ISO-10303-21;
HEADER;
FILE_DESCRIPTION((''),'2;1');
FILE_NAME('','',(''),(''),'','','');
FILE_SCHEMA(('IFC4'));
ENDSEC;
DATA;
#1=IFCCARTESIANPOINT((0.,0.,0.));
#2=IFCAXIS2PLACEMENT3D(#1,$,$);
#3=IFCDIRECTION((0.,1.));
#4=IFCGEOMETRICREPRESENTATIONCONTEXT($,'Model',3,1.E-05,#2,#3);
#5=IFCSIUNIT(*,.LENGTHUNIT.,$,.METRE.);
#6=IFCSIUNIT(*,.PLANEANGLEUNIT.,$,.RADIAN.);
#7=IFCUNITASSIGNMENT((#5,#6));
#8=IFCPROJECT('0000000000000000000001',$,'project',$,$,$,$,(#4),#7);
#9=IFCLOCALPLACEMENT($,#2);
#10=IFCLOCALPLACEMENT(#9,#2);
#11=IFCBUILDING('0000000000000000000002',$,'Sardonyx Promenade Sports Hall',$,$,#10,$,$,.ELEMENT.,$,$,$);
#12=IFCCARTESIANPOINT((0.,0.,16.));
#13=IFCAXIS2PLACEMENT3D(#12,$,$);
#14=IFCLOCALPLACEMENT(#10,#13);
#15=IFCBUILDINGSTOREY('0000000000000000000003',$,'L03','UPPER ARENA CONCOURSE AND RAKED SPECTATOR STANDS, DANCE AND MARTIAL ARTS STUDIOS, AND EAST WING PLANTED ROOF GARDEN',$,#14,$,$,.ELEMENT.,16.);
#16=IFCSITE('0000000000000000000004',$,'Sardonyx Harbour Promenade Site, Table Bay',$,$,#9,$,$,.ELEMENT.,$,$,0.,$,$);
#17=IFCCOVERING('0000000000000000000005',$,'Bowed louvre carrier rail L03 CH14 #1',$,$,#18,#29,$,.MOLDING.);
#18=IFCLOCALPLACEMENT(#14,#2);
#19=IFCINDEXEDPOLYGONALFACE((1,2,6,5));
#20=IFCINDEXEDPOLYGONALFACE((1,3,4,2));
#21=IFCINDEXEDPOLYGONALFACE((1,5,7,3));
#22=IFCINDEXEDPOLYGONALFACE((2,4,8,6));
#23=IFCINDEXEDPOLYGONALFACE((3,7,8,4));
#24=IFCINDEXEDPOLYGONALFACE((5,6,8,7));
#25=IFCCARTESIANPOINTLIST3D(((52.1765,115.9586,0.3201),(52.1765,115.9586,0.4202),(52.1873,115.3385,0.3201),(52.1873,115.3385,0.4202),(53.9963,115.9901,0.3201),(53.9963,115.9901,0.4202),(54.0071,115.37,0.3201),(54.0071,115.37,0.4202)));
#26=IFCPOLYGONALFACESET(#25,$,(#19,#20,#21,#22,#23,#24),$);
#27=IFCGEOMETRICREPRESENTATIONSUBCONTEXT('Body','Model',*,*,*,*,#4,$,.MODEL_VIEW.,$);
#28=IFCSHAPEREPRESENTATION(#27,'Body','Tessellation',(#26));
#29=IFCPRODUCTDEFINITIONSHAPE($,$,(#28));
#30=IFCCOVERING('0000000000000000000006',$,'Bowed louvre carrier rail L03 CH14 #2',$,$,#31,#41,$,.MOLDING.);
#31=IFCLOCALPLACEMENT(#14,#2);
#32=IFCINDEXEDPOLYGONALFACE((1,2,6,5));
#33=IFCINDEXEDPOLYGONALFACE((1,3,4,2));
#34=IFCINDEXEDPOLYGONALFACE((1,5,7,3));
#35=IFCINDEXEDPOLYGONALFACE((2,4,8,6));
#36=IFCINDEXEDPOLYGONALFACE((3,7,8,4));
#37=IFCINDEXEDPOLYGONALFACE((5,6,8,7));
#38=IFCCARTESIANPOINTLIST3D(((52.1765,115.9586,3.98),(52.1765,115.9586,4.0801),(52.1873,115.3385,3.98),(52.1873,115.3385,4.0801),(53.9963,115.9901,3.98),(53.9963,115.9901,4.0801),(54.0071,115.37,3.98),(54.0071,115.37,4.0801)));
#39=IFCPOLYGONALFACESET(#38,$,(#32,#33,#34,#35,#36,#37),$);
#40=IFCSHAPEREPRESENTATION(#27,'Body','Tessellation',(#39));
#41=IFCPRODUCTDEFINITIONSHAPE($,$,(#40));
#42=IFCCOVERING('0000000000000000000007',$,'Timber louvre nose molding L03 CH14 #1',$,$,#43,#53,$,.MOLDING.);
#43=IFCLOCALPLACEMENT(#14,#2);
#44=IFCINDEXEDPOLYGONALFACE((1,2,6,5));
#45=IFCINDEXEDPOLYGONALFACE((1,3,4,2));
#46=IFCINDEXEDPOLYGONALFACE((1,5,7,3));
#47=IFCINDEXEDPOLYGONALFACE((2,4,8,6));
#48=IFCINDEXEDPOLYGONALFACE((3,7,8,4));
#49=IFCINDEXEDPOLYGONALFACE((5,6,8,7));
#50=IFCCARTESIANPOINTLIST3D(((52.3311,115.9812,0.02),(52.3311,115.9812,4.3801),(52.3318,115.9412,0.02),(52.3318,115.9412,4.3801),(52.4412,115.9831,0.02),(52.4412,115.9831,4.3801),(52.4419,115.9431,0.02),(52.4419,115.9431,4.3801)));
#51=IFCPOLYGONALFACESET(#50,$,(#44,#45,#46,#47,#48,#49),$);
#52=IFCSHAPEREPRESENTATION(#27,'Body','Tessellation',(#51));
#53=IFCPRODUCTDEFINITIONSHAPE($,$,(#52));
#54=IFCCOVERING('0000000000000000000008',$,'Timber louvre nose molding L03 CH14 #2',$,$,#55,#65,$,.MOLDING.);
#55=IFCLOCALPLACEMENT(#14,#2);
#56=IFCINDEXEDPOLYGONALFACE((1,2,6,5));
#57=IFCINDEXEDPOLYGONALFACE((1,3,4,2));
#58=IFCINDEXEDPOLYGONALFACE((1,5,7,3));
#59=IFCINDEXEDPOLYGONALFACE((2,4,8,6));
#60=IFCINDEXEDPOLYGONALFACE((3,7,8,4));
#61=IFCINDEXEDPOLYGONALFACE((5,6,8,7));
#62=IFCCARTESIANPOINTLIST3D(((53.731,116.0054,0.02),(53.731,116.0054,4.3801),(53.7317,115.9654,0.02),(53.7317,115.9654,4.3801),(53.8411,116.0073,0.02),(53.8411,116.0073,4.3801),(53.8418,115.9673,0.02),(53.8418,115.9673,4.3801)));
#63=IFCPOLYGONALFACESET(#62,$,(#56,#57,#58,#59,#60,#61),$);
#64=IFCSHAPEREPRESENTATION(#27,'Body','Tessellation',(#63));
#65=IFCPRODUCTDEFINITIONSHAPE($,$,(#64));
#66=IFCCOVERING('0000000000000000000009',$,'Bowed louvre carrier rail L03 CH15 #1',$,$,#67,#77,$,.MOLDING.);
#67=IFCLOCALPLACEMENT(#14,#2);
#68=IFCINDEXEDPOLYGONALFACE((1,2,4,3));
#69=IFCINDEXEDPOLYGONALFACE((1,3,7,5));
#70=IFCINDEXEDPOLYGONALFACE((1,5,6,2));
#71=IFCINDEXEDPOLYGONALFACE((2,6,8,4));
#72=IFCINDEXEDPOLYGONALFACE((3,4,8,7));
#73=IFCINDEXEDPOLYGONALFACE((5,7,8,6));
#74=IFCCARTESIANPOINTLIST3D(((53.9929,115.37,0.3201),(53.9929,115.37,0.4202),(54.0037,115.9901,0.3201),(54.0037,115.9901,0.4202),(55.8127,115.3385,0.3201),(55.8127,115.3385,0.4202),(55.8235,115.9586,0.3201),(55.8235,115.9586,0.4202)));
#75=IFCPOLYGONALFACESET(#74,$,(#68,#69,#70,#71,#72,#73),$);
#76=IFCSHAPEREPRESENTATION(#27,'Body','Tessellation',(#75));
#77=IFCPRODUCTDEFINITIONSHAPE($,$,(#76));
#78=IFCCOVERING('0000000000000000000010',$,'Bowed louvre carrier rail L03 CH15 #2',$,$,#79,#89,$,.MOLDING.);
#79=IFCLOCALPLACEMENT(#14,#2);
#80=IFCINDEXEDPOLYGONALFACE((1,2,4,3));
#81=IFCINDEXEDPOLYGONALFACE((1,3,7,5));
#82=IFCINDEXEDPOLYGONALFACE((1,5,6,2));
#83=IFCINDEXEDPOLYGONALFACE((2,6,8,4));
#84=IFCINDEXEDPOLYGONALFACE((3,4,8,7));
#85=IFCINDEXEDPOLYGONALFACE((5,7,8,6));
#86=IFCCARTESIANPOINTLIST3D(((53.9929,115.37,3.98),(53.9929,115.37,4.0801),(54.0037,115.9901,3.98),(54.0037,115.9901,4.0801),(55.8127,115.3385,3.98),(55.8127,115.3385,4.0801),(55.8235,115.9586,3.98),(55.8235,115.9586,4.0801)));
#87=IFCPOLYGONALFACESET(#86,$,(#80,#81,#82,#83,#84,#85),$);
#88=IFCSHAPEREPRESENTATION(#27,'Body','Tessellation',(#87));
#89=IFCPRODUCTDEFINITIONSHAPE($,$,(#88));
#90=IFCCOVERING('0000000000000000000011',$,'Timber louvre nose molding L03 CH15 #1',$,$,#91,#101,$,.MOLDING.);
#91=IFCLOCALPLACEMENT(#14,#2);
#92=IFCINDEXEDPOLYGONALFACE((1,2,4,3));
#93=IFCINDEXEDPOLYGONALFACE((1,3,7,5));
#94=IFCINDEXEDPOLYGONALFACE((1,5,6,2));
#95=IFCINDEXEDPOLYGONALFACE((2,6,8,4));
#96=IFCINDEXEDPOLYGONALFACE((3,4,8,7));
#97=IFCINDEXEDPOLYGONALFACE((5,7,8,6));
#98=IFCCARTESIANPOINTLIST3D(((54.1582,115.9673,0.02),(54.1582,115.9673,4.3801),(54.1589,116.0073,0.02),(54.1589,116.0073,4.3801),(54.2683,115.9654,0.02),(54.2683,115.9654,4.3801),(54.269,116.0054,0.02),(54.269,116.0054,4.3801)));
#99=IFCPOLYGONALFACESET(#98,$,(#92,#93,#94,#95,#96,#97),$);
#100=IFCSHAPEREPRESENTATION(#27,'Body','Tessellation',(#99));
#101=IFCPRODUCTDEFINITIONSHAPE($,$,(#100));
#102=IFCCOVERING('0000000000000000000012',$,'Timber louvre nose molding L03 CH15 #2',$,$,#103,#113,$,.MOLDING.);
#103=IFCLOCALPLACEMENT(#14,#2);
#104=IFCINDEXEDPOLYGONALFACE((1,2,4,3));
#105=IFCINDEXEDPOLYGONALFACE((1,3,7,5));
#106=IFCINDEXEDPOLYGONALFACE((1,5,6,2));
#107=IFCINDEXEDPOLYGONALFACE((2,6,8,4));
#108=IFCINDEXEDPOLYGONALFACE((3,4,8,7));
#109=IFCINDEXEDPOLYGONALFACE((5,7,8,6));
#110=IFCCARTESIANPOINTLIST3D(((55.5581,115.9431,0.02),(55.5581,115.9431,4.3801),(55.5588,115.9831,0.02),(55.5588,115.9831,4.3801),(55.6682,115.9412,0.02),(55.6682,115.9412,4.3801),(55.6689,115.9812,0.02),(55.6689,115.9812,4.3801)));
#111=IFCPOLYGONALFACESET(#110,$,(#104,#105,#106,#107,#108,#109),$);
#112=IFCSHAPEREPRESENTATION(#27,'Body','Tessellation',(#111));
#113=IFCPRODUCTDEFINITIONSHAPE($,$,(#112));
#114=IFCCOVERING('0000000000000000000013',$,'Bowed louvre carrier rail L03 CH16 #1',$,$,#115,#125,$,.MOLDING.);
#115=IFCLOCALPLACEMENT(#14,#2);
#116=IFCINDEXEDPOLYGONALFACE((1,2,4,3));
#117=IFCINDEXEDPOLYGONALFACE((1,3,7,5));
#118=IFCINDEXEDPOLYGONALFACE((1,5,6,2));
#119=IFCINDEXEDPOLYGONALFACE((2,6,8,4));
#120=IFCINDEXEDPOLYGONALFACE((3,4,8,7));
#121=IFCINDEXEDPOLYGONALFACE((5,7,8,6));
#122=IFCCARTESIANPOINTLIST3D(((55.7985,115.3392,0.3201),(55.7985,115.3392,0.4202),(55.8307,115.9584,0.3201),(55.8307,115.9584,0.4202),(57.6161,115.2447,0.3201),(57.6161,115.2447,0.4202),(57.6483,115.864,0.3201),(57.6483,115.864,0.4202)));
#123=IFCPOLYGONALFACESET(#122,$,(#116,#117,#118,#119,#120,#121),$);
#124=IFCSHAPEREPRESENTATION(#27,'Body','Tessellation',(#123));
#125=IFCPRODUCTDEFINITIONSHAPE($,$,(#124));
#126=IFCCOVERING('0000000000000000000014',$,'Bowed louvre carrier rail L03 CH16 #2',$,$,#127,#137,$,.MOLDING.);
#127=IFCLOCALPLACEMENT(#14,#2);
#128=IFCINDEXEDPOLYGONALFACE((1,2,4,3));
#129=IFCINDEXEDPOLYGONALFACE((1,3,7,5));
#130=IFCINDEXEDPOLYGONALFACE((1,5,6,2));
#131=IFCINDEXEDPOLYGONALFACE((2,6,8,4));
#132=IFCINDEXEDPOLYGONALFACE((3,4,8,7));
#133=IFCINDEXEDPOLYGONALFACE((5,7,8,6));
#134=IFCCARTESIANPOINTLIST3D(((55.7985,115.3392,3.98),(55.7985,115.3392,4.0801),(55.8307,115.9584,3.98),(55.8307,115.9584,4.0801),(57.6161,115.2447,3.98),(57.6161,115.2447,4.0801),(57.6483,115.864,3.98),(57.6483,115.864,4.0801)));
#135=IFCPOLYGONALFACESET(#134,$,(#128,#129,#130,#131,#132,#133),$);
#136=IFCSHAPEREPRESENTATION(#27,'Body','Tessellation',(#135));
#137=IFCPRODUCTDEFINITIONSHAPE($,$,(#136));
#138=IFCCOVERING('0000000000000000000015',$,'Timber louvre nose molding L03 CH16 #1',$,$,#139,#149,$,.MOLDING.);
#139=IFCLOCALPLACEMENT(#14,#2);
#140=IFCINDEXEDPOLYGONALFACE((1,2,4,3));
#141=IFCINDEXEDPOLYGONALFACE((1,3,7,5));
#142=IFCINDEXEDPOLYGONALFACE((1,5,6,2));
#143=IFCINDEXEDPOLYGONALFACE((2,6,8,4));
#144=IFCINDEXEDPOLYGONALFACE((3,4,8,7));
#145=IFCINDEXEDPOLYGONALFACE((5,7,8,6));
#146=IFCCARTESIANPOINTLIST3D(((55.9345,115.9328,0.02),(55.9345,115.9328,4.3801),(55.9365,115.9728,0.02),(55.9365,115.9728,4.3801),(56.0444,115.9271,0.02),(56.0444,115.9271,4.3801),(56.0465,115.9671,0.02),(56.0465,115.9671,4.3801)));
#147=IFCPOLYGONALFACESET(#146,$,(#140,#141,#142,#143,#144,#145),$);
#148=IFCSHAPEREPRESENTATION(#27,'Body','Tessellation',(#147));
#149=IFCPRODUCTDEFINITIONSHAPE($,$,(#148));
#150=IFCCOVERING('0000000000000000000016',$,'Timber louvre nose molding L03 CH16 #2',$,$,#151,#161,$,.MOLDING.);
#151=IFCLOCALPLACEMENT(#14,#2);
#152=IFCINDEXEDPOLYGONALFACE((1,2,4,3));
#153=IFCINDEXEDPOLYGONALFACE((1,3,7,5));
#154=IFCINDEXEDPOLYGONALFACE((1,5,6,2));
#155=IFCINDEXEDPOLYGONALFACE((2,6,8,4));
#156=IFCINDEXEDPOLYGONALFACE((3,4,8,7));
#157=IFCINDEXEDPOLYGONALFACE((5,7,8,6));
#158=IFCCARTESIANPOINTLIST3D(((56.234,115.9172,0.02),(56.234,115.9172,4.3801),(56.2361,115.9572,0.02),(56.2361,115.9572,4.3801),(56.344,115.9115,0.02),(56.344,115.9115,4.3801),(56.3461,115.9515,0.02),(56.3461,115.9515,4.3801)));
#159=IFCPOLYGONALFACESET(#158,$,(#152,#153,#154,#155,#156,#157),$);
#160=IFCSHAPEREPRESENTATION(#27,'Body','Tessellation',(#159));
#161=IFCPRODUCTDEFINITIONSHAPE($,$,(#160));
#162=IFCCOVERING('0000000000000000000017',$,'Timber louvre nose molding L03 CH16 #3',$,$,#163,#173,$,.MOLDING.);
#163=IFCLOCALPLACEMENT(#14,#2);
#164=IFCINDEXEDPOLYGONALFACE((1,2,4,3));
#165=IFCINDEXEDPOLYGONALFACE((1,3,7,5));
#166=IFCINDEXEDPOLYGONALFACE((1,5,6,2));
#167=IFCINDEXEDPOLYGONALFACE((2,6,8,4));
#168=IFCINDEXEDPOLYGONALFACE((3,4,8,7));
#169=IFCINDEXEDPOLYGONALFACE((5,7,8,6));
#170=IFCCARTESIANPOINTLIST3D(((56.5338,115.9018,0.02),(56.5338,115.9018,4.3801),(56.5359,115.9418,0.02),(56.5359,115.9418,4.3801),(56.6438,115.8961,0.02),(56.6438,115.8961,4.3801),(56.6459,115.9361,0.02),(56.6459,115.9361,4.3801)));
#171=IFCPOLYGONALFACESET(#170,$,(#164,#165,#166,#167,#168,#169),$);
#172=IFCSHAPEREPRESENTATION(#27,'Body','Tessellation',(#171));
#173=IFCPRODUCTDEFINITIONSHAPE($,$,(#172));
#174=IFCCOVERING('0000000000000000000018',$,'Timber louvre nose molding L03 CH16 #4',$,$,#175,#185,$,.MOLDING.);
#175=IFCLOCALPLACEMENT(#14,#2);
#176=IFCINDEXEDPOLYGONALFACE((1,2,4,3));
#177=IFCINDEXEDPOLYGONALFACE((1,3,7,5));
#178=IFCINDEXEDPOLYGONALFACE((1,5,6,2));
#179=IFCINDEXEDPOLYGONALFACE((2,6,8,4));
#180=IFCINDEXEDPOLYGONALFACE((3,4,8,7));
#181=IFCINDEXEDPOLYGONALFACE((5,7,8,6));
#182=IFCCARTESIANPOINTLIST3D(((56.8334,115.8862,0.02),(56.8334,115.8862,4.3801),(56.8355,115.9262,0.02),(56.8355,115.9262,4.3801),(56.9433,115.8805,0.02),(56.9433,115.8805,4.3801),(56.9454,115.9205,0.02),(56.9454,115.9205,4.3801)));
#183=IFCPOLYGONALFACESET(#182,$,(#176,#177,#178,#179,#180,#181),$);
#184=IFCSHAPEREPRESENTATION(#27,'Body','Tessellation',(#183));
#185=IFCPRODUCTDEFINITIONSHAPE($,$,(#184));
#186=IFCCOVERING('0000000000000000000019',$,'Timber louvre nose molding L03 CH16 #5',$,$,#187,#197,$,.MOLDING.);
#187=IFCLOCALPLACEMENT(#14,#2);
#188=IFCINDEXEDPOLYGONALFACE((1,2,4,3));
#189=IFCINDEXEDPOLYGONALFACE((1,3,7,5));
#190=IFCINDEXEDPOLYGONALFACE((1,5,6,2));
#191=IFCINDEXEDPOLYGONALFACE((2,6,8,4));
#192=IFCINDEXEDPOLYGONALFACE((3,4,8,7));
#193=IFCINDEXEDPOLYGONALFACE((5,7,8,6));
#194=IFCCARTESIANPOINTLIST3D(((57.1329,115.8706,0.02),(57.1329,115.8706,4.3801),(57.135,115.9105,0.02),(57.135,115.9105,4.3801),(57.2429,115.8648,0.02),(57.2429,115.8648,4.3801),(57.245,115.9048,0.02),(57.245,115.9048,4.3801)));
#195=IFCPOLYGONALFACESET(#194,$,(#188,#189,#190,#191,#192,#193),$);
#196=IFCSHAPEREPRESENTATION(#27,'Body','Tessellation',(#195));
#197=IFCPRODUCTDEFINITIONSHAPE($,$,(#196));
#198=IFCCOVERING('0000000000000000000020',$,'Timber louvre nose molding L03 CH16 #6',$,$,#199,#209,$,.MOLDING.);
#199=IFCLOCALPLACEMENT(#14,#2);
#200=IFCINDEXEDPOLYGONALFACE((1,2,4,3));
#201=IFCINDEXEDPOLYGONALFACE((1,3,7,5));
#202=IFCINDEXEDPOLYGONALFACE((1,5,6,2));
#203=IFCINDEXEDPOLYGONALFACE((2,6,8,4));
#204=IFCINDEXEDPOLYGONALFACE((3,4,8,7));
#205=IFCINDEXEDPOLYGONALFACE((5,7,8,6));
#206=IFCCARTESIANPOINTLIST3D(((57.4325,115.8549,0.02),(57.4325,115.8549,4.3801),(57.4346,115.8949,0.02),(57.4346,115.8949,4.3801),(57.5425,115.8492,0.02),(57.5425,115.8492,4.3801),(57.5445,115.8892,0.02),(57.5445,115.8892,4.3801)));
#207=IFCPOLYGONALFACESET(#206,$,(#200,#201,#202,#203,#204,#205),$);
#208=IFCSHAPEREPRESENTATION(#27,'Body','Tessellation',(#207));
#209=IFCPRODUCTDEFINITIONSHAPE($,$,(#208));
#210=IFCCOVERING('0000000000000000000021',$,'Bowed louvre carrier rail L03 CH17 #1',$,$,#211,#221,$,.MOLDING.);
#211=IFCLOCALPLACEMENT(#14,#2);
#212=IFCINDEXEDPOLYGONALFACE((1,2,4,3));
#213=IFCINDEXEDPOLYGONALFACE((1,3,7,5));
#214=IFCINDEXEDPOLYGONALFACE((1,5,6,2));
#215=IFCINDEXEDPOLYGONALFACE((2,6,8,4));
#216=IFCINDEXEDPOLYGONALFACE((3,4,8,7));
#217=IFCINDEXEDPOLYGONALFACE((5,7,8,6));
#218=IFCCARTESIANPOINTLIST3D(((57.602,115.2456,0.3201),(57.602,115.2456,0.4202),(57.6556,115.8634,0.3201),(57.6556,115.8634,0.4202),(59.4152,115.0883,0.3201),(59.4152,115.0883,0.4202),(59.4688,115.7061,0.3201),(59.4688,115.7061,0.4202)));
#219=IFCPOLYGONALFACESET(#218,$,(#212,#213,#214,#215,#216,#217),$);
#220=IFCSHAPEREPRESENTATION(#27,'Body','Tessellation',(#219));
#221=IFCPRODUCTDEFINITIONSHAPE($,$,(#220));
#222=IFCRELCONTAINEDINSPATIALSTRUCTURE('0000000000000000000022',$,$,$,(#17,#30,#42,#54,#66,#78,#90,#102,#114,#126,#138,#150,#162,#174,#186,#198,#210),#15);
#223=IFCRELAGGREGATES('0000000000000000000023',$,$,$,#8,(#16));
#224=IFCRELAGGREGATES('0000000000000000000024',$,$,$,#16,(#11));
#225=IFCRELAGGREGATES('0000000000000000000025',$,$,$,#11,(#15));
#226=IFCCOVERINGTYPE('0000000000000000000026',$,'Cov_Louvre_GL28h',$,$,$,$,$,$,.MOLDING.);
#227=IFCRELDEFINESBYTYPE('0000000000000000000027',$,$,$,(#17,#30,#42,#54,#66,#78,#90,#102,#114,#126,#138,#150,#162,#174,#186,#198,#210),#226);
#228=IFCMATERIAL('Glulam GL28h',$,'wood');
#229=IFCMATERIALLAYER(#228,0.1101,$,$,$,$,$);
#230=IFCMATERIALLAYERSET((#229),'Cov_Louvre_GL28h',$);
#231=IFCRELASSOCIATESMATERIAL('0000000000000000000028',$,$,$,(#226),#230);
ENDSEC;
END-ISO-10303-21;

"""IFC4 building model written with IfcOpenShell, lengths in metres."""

from ifc_helpers import new_model, si_unit, direction, frame, origin, origin_2d, place, context, subcontext, project, spatial, rectangle, extrude, material, layer, layer_set, type_object, element, save


model = new_model("IFC4")

# Units and contexts
model_context = context("Model", 3, precision=1e-05, world=origin(), true_north=direction((0.0, 1.0)))
body_context = subcontext(model_context, "Body", "Model", "MODEL_VIEW")
ifc_project = project(units=[si_unit("LENGTHUNIT", "METRE"), si_unit("PLANEANGLEUNIT", "RADIAN")], contexts=[model_context])

# Site, building, storey
site_placement = place(None, origin())
site = spatial("IfcSite", under=ifc_project, at=site_placement, Name="Sardonyx Harbour Promenade Site, Table Bay", CompositionType="ELEMENT", RefElevation=0.0)
building_placement = place(site_placement, origin())
building = spatial("IfcBuilding", under=site, at=building_placement, Name="Sardonyx Promenade Sports Hall", CompositionType="ELEMENT")
storey_placement = place(building_placement, frame((0.0, 0.0, 16.0)))
storey = spatial("IfcBuildingStorey", under=building, at=storey_placement, Name="L03", Description="UPPER ARENA CONCOURSE AND RAKED SPECTATOR STANDS, DANCE AND MARTIAL ARTS STUDIOS, AND EAST WING PLANTED ROOF GARDEN", CompositionType="ELEMENT", Elevation=16.0)

# Coverings
ifc_material_1 = material(Name="Glulam GL28h", Category="wood")
ifc_layer = layer(ifc_material_1, 0.1101)
ifc_layer_set = layer_set([ifc_layer], Name="Cov_Louvre_GL28h")
covering_type = type_object("IfcCoveringType", Name="Cov_Louvre_GL28h", PredefinedType="MOLDING", material=ifc_layer_set)
for number, where, z_axis, x_axis, name in (
    (1, (53.0918, 115.6643, 0.3201), (0.0, 0.0, 1.0), (0.99985, 0.017308, 0.0), "Bowed louvre carrier rail L03 CH14 #1"),
    (2, (53.0918, 115.6643, 3.98), (0.0, 0.0, 1.0), (0.99985, 0.017308, 0.0), "Bowed louvre carrier rail L03 CH14 #2"),
):
    element("IfcCovering", number, at=place(storey_placement, frame(where, z_axis=z_axis, x_axis=x_axis)), inside=storey, type_object=covering_type, Name=name, PredefinedType="MOLDING", context=body_context, shape_type="SweptSolid", body=[
        extrude(rectangle(XDim=1.8201, YDim=0.6201, at=origin_2d()), origin(), (0.0, 0.0, 1.0), 0.1001),
    ])
for number, where, z_axis, x_axis, name in (
    (3, (52.3865, 115.9622, 0.02), (0.0, 0.0, 1.0), (0.99985, 0.017308, 0.0), "Timber louvre nose molding L03 CH14 #1"),
    (4, (53.7864, 115.9863, 0.02), (0.0, 0.0, 1.0), (0.99985, 0.017308, 0.0), "Timber louvre nose molding L03 CH14 #2"),
):
    element("IfcCovering", number, at=place(storey_placement, frame(where, z_axis=z_axis, x_axis=x_axis)), inside=storey, type_object=covering_type, Name=name, PredefinedType="MOLDING", context=body_context, shape_type="SweptSolid", body=[
        extrude(rectangle(XDim=0.1101, YDim=0.04, at=origin_2d()), origin(), (0.0, 0.0, 1.0), 4.3601),
    ])
for number, where, z_axis, x_axis, name in (
    (5, (54.9082, 115.6643, 0.3201), (0.0, 0.0, 1.0), (0.99985, -0.017308, 0.0), "Bowed louvre carrier rail L03 CH15 #1"),
    (6, (54.9082, 115.6643, 3.98), (0.0, 0.0, 1.0), (0.99985, -0.017308, 0.0), "Bowed louvre carrier rail L03 CH15 #2"),
):
    element("IfcCovering", number, at=place(storey_placement, frame(where, z_axis=z_axis, x_axis=x_axis)), inside=storey, type_object=covering_type, Name=name, PredefinedType="MOLDING", context=body_context, shape_type="SweptSolid", body=[
        extrude(rectangle(XDim=1.8201, YDim=0.6201, at=origin_2d()), origin(), (0.0, 0.0, 1.0), 0.1001),
    ])
for number, where, z_axis, x_axis, name in (
    (7, (54.2136, 115.9863, 0.02), (0.0, 0.0, 1.0), (0.99985, -0.017308, 0.0), "Timber louvre nose molding L03 CH15 #1"),
    (8, (55.6135, 115.9622, 0.02), (0.0, 0.0, 1.0), (0.99985, -0.017308, 0.0), "Timber louvre nose molding L03 CH15 #2"),
):
    element("IfcCovering", number, at=place(storey_placement, frame(where, z_axis=z_axis, x_axis=x_axis)), inside=storey, type_object=covering_type, Name=name, PredefinedType="MOLDING", context=body_context, shape_type="SweptSolid", body=[
        extrude(rectangle(XDim=0.1101, YDim=0.04, at=origin_2d()), origin(), (0.0, 0.0, 1.0), 4.3601),
    ])
for number, where, z_axis, x_axis, name in (
    (9, (56.7234, 115.6016, 0.3201), (0.0, 0.0, 1.0), (0.998652, -0.051902, 0.0), "Bowed louvre carrier rail L03 CH16 #1"),
    (10, (56.7234, 115.6016, 3.98), (0.0, 0.0, 1.0), (0.998652, -0.051902, 0.0), "Bowed louvre carrier rail L03 CH16 #2"),
):
    element("IfcCovering", number, at=place(storey_placement, frame(where, z_axis=z_axis, x_axis=x_axis)), inside=storey, type_object=covering_type, Name=name, PredefinedType="MOLDING", context=body_context, shape_type="SweptSolid", body=[
        extrude(rectangle(XDim=1.8201, YDim=0.6201, at=origin_2d()), origin(), (0.0, 0.0, 1.0), 0.1001),
    ])
for number, where, z_axis, x_axis, name in (
    (11, (55.9905, 115.95, 0.02), (0.0, 0.0, 1.0), (0.998652, -0.051902, 0.0), "Timber louvre nose molding L03 CH16 #1"),
    (12, (56.29, 115.9343, 0.02), (0.0, 0.0, 1.0), (0.998652, -0.051902, 0.0), "Timber louvre nose molding L03 CH16 #2"),
    (13, (56.5898, 115.9189, 0.02), (0.0, 0.0, 1.0), (0.998652, -0.051902, 0.0), "Timber louvre nose molding L03 CH16 #3"),
    (14, (56.8894, 115.9033, 0.02), (0.0, 0.0, 1.0), (0.998652, -0.051902, 0.0), "Timber louvre nose molding L03 CH16 #4"),
    (15, (57.189, 115.8877, 0.02), (0.0, 0.0, 1.0), (0.998652, -0.051902, 0.0), "Timber louvre nose molding L03 CH16 #5"),
    (16, (57.4885, 115.8721, 0.02), (0.0, 0.0, 1.0), (0.998652, -0.051902, 0.0), "Timber louvre nose molding L03 CH16 #6"),
):
    element("IfcCovering", number, at=place(storey_placement, frame(where, z_axis=z_axis, x_axis=x_axis)), inside=storey, type_object=covering_type, Name=name, PredefinedType="MOLDING", context=body_context, shape_type="SweptSolid", body=[
        extrude(rectangle(XDim=0.1101, YDim=0.04, at=origin_2d()), origin(), (0.0, 0.0, 1.0), 4.3601),
    ])
covering_placement = place(storey_placement, frame((58.5354, 115.4758, 0.3201), z_axis=(0.0, 0.0, 1.0), x_axis=(0.996258, -0.086434, 0.0)))
element("IfcCovering", 17, at=covering_placement, inside=storey, type_object=covering_type, Name="Bowed louvre carrier rail L03 CH17 #1", PredefinedType="MOLDING", context=body_context, shape_type="SweptSolid", body=[
    extrude(rectangle(XDim=1.8201, YDim=0.6201, at=origin_2d()), origin(), (0.0, 0.0, 1.0), 0.1001),
])

save(model, "model.ifc")
